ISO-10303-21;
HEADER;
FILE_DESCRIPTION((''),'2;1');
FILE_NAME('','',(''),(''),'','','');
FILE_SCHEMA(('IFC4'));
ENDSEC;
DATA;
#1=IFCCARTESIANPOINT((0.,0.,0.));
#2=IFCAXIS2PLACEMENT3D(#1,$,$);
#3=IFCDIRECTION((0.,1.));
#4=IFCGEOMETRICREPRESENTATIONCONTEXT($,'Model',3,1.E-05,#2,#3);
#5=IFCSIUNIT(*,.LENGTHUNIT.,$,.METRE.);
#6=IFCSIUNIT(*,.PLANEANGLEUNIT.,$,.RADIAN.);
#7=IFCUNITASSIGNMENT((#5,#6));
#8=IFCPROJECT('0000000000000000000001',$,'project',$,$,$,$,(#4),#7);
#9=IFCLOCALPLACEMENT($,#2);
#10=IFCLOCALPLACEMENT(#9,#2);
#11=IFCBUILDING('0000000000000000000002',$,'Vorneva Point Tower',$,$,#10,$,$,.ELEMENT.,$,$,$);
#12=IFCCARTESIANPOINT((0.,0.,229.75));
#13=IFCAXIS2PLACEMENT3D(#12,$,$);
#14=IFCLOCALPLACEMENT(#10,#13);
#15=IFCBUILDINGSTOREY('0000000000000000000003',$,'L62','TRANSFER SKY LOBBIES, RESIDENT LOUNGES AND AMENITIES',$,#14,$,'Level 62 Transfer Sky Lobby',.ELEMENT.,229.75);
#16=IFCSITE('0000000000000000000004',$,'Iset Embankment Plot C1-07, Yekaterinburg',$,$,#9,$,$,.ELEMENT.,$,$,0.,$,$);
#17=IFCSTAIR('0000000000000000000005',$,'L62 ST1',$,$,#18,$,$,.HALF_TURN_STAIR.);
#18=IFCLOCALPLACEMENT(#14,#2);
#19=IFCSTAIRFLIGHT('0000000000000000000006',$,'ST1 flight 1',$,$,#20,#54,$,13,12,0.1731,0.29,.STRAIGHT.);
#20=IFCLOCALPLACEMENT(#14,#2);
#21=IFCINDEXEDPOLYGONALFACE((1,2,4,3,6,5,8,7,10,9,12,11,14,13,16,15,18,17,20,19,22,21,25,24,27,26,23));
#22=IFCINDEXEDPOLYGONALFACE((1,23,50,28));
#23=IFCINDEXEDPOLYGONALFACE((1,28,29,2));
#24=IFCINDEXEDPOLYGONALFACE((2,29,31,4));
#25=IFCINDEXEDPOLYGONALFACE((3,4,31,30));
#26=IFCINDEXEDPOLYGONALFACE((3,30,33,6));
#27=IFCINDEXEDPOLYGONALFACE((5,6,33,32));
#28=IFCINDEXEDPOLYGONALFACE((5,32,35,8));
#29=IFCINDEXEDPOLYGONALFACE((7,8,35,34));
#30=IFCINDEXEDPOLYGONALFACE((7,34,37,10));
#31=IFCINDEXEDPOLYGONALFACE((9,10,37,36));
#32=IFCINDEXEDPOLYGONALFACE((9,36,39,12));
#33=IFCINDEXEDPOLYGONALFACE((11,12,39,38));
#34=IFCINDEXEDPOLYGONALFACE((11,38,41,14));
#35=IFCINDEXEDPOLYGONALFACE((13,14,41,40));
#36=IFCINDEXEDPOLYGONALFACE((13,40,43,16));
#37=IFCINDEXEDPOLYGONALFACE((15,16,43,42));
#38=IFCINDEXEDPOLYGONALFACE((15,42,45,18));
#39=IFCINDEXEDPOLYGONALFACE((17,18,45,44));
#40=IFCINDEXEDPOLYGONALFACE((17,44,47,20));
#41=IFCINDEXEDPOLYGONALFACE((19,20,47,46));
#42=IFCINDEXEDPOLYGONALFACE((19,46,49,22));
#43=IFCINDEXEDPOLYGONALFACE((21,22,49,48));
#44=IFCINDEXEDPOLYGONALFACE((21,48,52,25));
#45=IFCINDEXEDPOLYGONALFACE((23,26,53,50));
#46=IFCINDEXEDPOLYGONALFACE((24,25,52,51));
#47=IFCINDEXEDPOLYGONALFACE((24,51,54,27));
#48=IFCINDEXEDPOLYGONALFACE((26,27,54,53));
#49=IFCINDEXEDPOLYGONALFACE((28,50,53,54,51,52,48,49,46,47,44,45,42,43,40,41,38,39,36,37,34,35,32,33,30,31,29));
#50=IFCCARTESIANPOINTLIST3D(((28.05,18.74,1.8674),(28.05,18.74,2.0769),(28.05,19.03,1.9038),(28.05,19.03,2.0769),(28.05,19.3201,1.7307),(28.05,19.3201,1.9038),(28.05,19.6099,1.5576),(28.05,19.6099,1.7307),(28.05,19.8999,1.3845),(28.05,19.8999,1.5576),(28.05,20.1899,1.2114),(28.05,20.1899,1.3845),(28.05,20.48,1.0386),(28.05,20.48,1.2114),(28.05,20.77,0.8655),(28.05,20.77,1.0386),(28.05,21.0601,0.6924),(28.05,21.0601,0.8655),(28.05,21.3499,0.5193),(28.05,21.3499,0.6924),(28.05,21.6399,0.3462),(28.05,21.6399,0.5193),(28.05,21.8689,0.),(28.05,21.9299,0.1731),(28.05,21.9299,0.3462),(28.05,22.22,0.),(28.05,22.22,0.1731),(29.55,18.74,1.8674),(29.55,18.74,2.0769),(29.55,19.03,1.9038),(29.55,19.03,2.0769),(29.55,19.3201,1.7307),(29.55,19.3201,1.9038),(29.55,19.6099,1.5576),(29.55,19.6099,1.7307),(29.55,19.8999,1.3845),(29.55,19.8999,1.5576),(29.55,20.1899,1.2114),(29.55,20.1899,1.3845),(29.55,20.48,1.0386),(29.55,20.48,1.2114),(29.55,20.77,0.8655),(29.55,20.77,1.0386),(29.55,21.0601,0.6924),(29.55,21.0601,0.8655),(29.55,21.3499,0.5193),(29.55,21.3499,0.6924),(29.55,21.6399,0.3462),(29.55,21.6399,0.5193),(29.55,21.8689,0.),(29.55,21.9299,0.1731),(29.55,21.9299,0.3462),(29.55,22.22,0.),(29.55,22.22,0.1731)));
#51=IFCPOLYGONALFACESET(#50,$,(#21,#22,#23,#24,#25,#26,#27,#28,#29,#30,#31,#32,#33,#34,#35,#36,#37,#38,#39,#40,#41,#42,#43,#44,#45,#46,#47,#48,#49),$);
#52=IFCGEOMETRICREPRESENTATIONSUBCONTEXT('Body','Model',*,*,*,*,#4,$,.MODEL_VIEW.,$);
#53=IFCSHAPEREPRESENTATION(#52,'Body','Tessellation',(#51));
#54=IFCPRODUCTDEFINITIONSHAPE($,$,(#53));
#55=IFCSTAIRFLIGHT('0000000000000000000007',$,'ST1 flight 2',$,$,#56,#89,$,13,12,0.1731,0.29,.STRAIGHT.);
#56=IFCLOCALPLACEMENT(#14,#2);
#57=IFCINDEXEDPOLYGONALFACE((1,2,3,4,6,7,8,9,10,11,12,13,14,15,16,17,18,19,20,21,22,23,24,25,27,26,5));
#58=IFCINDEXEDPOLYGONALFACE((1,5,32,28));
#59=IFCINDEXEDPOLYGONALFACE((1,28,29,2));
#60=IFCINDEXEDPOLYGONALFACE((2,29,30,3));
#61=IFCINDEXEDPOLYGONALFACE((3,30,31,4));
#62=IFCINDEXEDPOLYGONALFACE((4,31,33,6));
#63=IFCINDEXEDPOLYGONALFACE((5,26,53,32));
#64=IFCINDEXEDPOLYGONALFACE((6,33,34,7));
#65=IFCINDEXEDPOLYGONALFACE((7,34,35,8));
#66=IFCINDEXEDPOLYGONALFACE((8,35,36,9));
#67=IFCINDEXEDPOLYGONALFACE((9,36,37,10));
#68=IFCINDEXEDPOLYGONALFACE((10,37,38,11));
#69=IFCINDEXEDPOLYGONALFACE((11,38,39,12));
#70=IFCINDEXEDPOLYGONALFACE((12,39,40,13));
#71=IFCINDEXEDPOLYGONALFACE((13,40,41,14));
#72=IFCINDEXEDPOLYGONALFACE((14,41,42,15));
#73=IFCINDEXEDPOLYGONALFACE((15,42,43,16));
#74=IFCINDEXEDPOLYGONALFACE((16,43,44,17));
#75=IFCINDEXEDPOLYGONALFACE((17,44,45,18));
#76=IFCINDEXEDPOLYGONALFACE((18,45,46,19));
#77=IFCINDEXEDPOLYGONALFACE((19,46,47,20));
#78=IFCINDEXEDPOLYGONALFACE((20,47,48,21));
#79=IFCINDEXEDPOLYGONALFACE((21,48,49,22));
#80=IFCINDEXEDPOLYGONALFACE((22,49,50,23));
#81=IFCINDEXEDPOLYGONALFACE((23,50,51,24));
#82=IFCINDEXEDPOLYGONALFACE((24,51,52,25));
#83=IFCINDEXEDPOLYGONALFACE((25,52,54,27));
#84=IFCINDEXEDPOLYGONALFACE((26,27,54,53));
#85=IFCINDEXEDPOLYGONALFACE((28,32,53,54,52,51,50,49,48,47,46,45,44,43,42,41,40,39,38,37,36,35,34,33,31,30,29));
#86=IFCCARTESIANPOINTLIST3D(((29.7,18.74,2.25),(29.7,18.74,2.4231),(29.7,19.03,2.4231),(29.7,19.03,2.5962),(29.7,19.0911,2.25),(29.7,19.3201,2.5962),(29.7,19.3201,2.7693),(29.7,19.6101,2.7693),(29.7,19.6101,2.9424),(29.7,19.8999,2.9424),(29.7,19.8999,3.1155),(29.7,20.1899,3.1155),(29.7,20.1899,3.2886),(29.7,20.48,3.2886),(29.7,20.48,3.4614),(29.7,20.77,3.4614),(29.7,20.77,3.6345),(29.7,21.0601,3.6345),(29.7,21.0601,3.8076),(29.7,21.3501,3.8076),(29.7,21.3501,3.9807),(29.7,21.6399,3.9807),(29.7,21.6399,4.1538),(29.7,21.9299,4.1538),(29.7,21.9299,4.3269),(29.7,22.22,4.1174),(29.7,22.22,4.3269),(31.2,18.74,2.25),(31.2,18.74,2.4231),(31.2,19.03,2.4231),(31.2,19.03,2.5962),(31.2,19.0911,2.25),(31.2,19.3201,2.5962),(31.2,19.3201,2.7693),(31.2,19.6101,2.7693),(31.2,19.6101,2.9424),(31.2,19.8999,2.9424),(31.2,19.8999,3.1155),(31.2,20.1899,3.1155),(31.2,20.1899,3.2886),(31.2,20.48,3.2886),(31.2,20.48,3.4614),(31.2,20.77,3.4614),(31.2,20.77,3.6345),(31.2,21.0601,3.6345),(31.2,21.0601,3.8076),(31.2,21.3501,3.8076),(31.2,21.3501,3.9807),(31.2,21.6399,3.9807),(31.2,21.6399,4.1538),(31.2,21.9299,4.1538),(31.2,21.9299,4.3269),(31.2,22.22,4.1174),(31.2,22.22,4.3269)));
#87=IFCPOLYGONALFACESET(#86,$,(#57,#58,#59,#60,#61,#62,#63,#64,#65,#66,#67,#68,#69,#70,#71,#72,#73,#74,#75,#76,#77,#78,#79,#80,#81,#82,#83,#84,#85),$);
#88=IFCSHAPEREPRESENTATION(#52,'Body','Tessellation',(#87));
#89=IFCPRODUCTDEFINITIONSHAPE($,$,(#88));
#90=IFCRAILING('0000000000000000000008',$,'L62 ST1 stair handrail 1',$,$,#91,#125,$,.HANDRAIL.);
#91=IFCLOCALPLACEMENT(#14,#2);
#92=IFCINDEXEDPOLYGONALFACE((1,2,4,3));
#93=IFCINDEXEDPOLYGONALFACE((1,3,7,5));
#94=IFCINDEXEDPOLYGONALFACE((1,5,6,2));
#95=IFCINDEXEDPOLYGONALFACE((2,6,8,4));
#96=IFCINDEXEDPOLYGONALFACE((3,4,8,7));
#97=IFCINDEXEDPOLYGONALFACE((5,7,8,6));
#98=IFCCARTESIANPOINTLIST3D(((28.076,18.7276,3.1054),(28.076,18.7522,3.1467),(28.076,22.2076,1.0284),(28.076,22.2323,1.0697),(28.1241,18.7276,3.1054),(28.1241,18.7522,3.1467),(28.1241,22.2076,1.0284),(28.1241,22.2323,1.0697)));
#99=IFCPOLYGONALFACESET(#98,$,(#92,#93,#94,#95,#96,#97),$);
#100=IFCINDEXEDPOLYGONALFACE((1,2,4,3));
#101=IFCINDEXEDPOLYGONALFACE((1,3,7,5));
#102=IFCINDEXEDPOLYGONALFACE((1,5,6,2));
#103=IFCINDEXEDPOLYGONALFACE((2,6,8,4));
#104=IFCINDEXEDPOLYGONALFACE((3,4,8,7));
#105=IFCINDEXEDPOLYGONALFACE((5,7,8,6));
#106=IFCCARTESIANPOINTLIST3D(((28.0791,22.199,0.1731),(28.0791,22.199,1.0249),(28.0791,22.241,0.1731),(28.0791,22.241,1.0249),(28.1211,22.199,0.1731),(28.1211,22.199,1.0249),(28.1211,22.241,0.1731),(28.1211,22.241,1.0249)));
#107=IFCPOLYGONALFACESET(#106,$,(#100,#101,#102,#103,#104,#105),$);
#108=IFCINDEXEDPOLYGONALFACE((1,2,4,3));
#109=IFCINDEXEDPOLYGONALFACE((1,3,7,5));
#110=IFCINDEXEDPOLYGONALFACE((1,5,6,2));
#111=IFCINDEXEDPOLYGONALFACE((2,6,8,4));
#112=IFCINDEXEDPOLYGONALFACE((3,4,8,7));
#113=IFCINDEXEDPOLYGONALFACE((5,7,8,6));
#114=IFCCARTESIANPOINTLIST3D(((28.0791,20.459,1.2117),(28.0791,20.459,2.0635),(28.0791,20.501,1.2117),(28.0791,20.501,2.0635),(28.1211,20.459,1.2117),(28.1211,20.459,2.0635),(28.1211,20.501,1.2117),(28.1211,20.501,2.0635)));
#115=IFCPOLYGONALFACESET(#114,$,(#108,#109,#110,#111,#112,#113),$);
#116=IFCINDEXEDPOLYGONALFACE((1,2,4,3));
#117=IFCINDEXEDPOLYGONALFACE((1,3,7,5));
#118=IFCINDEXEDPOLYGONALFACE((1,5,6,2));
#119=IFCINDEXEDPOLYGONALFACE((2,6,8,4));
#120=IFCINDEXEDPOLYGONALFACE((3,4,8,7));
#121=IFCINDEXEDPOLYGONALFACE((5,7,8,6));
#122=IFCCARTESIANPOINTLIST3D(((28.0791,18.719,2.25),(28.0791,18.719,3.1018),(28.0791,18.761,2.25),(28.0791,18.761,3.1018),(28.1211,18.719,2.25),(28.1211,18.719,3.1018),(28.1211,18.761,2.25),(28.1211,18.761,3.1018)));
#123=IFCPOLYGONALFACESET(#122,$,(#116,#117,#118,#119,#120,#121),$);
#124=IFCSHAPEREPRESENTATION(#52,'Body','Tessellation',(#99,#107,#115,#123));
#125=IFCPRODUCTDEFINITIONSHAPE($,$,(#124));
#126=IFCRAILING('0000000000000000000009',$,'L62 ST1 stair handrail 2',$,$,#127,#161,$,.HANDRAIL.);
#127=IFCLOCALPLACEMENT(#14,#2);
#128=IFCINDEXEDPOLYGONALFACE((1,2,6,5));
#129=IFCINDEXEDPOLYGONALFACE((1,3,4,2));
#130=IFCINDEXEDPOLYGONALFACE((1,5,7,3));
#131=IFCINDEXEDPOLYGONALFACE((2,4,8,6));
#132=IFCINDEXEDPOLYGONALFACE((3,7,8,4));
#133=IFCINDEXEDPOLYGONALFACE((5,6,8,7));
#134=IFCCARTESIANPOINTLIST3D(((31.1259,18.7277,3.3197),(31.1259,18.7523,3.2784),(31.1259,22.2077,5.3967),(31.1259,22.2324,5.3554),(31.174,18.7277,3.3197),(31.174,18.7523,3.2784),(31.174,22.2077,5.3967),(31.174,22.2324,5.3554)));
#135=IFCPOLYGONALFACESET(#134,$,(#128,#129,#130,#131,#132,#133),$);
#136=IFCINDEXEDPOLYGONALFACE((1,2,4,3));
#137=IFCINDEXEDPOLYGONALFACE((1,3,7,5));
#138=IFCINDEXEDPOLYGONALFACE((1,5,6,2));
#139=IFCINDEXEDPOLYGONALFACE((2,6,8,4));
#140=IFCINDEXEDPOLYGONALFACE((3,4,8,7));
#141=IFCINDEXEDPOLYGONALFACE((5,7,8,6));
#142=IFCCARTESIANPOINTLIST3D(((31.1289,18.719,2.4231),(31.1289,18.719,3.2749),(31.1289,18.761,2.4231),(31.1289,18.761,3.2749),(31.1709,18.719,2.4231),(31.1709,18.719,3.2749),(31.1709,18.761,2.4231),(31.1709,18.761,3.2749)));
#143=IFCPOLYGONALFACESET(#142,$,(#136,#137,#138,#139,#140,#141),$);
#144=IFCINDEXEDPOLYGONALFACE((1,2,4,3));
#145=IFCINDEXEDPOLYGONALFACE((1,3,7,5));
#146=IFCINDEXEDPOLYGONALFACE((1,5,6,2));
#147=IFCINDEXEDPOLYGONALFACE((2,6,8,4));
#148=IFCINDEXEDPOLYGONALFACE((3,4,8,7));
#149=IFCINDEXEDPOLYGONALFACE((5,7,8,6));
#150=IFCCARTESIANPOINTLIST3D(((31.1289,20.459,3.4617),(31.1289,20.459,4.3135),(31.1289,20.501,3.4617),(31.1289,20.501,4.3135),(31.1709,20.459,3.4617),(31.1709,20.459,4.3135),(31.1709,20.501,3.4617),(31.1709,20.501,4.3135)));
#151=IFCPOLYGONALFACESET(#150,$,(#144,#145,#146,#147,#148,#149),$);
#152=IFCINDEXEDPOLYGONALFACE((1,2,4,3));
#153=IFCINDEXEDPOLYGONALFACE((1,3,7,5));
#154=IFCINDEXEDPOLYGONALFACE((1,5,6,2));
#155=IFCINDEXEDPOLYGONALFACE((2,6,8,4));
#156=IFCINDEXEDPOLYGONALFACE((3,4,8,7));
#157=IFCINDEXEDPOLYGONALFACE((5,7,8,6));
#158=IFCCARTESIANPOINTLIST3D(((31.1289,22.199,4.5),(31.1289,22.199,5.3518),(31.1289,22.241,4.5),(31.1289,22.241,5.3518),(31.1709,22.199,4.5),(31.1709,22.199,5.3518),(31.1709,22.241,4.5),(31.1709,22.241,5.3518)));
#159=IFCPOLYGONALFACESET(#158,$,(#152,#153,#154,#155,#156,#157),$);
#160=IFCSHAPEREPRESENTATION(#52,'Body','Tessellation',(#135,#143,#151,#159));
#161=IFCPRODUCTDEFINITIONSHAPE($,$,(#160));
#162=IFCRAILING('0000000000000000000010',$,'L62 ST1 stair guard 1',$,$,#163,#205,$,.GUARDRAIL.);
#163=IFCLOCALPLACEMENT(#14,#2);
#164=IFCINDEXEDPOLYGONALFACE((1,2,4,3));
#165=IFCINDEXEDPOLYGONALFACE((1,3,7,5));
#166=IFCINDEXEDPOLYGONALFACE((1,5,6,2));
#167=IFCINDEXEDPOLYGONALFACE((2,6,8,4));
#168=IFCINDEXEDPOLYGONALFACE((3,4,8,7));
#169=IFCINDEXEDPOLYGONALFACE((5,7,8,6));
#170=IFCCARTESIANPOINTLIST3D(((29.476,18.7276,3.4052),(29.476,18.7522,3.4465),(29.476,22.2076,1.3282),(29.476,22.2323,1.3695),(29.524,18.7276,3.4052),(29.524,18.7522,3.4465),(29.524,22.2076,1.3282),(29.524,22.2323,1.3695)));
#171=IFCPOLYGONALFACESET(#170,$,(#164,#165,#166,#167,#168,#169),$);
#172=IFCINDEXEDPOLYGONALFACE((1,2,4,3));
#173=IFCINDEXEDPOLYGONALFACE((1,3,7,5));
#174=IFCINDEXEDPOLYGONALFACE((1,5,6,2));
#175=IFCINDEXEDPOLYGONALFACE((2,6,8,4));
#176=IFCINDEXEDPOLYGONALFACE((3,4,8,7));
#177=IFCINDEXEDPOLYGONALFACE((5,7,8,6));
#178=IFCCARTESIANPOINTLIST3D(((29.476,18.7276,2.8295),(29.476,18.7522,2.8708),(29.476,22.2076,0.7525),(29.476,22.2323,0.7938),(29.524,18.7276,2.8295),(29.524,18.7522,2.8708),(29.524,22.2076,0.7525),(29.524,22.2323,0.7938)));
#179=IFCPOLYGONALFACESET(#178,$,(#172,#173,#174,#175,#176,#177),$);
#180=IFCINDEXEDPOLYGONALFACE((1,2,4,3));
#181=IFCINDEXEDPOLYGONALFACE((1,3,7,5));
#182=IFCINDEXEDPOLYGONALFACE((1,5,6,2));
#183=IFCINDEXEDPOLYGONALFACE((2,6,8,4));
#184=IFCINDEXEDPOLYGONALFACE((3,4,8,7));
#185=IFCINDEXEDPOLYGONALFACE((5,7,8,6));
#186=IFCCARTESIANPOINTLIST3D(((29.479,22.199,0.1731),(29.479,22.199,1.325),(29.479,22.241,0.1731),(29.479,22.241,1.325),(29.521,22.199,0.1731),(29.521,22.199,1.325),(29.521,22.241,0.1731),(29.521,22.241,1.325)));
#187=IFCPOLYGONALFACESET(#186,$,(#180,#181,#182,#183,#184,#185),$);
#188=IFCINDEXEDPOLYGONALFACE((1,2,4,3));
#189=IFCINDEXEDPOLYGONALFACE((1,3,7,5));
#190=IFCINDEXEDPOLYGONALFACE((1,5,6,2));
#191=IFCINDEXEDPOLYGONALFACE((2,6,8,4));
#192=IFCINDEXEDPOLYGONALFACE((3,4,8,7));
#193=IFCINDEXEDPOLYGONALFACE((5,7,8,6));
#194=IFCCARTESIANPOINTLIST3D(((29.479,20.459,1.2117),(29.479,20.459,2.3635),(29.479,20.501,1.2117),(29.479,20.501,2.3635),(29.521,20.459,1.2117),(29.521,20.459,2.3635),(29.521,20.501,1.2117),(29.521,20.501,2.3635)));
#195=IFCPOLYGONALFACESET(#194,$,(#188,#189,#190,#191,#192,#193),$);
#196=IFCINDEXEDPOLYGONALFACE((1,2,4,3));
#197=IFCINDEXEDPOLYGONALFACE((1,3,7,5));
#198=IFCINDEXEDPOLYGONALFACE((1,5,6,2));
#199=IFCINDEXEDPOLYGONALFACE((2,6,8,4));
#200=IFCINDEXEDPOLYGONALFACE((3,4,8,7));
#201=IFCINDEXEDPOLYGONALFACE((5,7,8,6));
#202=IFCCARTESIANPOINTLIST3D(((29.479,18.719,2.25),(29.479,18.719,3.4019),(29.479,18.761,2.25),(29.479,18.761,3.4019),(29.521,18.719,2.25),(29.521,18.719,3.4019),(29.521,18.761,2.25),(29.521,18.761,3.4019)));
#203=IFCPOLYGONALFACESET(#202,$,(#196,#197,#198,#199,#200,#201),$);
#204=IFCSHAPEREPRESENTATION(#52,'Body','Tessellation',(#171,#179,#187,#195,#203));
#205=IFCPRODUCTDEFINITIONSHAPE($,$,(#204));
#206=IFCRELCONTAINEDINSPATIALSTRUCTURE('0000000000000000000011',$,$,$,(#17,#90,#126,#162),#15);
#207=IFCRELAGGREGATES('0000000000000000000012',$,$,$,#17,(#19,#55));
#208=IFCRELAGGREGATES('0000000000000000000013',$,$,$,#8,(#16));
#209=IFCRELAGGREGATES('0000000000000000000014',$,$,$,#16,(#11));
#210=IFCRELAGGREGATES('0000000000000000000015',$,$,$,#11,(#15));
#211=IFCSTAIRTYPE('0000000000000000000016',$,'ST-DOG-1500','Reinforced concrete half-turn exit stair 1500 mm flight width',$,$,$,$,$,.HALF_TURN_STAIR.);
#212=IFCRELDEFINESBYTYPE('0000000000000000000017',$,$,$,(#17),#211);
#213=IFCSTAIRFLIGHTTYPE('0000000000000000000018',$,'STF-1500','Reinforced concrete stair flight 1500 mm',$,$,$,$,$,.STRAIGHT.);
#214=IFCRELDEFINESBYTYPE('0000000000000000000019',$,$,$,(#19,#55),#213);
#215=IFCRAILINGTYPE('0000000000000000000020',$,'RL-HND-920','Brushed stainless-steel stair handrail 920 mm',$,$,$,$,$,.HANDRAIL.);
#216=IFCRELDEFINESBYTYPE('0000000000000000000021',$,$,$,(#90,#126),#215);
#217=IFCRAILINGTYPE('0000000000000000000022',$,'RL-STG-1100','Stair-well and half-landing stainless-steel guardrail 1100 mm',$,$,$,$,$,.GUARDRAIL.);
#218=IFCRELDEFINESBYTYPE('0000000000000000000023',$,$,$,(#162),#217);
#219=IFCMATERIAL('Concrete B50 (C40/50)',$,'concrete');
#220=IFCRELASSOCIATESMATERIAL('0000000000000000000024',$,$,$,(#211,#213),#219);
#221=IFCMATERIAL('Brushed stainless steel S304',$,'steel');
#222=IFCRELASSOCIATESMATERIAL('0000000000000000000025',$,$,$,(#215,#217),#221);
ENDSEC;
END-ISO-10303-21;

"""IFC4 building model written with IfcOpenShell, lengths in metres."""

from ifc_helpers import new_model, si_unit, direction, frame, origin, origin_2d, place, context, subcontext, project, spatial, polyline, rectangle, outline, extrude, material, type_object, element, aggregate, save


model = new_model("IFC4")

# Units and contexts
model_context = context("Model", 3, precision=1e-05, world=origin(), true_north=direction((0.0, 1.0)))
body_context = subcontext(model_context, "Body", "Model", "MODEL_VIEW")
ifc_project = project(units=[si_unit("LENGTHUNIT", "METRE"), si_unit("PLANEANGLEUNIT", "RADIAN")], contexts=[model_context])

# Site, building, storey
site_placement = place(None, origin())
site = spatial("IfcSite", under=ifc_project, at=site_placement, Name="Iset Embankment Plot C1-07, Yekaterinburg", CompositionType="ELEMENT", RefElevation=0.0)
building_placement = place(site_placement, origin())
building = spatial("IfcBuilding", under=site, at=building_placement, Name="Vorneva Point Tower", CompositionType="ELEMENT")
storey_placement = place(building_placement, frame((0.0, 0.0, 229.75)))
storey = spatial("IfcBuildingStorey", under=building, at=storey_placement, Name="L62", Description="TRANSFER SKY LOBBIES, RESIDENT LOUNGES AND AMENITIES", LongName="Level 62 Transfer Sky Lobby", CompositionType="ELEMENT", Elevation=229.75)

# Shared definitions
ifc_material_1 = material(Name="Concrete B50 (C40/50)", Category="concrete")

# Stair, stair flights
stair_type = type_object("IfcStairType", Name="ST-DOG-1500", Description="Reinforced concrete half-turn exit stair 1500 mm flight width", PredefinedType="HALF_TURN_STAIR", material=ifc_material_1)
stair_placement = place(storey_placement, origin())
stair = element("IfcStair", 1, at=stair_placement, inside=storey, type_object=stair_type, Name="L62 ST1", PredefinedType="HALF_TURN_STAIR")
stair_flight_type = type_object("IfcStairFlightType", Name="STF-1500", Description="Reinforced concrete stair flight 1500 mm", PredefinedType="STRAIGHT", material=ifc_material_1)
stair_flight_1_placement = place(storey_placement, frame((28.8, 22.22, 0.0), z_axis=(0.0, 0.0, 1.0), x_axis=(0.0, -1.0, 0.0)))
stair_flight_1 = element("IfcStairFlight", 2, at=stair_flight_1_placement, type_object=stair_flight_type, Name="ST1 flight 1", NumberOfRisers=13, NumberOfTreads=12, PredefinedType="STRAIGHT", RiserHeight=0.1731, TreadLength=0.29, context=body_context, shape_type="SweptSolid", body=[
    extrude(outline(polyline([(0.0, 0.0), (0.0, 0.1731), (0.29, 0.1731), (0.29, 0.3462), (0.5801, 0.3462), (0.5801, 0.5193), (0.8701, 0.5193), (0.8701, 0.6924), (1.1599, 0.6924), (1.1599, 0.8655), (1.45, 0.8655), (1.45, 1.0386), (1.74, 1.0386), (1.74, 1.2114), (2.03, 1.2114), (2.03, 1.3845), (2.3201, 1.3845), (2.3201, 1.5576), (2.6101, 1.5576), (2.6101, 1.7307), (2.8999, 1.7307), (2.8999, 1.9038), (3.1899, 1.9038), (3.1899, 2.0769), (3.48, 2.0769), (3.48, 2.25), (3.48, 1.8674), (0.3511, 0.0), (0.0, 0.0)])), frame((0.0, 0.75, 0.0), z_axis=(0.0, -1.0, 0.0), x_axis=(1.0, 0.0, 0.0)), (0.0, 0.0, 1.0), 1.5),
])
stair_flight_2_placement = place(storey_placement, frame((30.45, 18.74, 2.25), z_axis=(0.0, 0.0, 1.0), x_axis=(0.0, 1.0, 0.0)))
stair_flight_2 = element("IfcStairFlight", 3, at=stair_flight_2_placement, type_object=stair_flight_type, Name="ST1 flight 2", NumberOfRisers=13, NumberOfTreads=12, PredefinedType="STRAIGHT", RiserHeight=0.1731, TreadLength=0.29, context=body_context, shape_type="SweptSolid", body=[
    extrude(outline(polyline([(0.0, 0.0), (0.0, 0.1731), (0.29, 0.1731), (0.29, 0.3462), (0.5801, 0.3462), (0.5801, 0.5193), (0.8701, 0.5193), (0.8701, 0.6924), (1.1599, 0.6924), (1.1599, 0.8655), (1.45, 0.8655), (1.45, 1.0386), (1.74, 1.0386), (1.74, 1.2114), (2.03, 1.2114), (2.03, 1.3845), (2.3201, 1.3845), (2.3201, 1.5576), (2.6101, 1.5576), (2.6101, 1.7307), (2.8999, 1.7307), (2.8999, 1.9038), (3.1899, 1.9038), (3.1899, 2.0769), (3.48, 2.0769), (3.48, 2.25), (3.48, 1.8674), (0.3511, 0.0), (0.0, 0.0)])), frame((0.0, 0.75, 0.0), z_axis=(0.0, -1.0, 0.0), x_axis=(1.0, 0.0, 0.0)), (0.0, 0.0, 1.0), 1.5),
])
aggregate(stair, [stair_flight_1, stair_flight_2])

# Railings
ifc_material_2 = material(Name="Brushed stainless steel S304", Category="steel")
railing_type_1 = type_object("IfcRailingType", Name="RL-HND-920", Description="Brushed stainless-steel stair handrail 920 mm", PredefinedType="HANDRAIL", material=ifc_material_2)
railing_1_placement = place(storey_placement, frame((28.1001, 22.22, 0.1731)))
element("IfcRailing", 4, at=railing_1_placement, inside=storey, type_object=railing_type_1, Name="L62 ST1 stair handrail 1", PredefinedType="HANDRAIL", context=body_context, shape_type="SweptSolid", body=[
    extrude(rectangle(XDim=0.0481, YDim=0.0481, at=origin_2d()), frame((0.0, 0.0, 0.876), z_axis=(0.0, -0.858697, 0.512483), x_axis=(1.0, 0.0, 0.0)), (0.0, 0.0, 1.0), 4.0527),
    extrude(rectangle(XDim=0.042, YDim=0.042, at=origin_2d()), origin(), (0.0, 0.0, 1.0), 0.8518),
    extrude(rectangle(XDim=0.042, YDim=0.042, at=origin_2d()), frame((0.0, -1.74, 1.0386)), (0.0, 0.0, 1.0), 0.8518),
    extrude(rectangle(XDim=0.042, YDim=0.042, at=origin_2d()), frame((0.0, -3.48, 2.0769)), (0.0, 0.0, 1.0), 0.8518),
])
railing_2_placement = place(storey_placement, frame((31.1499, 18.74, 2.4231)))
element("IfcRailing", 5, at=railing_2_placement, inside=storey, type_object=railing_type_1, Name="L62 ST1 stair handrail 2", PredefinedType="HANDRAIL", context=body_context, shape_type="SweptSolid", body=[
    extrude(rectangle(XDim=0.0481, YDim=0.0481, at=origin_2d()), frame((0.0, 0.0, 0.876), z_axis=(0.0, 0.858697, 0.512483), x_axis=(-1.0, 0.0, 0.0)), (0.0, 0.0, 1.0), 4.0527),
    extrude(rectangle(XDim=0.042, YDim=0.042, at=origin_2d()), origin(), (0.0, 0.0, 1.0), 0.8518),
    extrude(rectangle(XDim=0.042, YDim=0.042, at=origin_2d()), frame((0.0, 1.74, 1.0386)), (0.0, 0.0, 1.0), 0.8518),
    extrude(rectangle(XDim=0.042, YDim=0.042, at=origin_2d()), frame((0.0, 3.48, 2.0769)), (0.0, 0.0, 1.0), 0.8518),
])
railing_type_2 = type_object("IfcRailingType", Name="RL-STG-1100", Description="Stair-well and half-landing stainless-steel guardrail 1100 mm", PredefinedType="GUARDRAIL", material=ifc_material_2)
railing_3_placement = place(storey_placement, frame((29.5, 22.22, 0.1731)))
element("IfcRailing", 6, at=railing_3_placement, inside=storey, type_object=railing_type_2, Name="L62 ST1 stair guard 1", PredefinedType="GUARDRAIL", context=body_context, shape_type="SweptSolid", body=[
    extrude(rectangle(XDim=0.0481, YDim=0.0481, at=origin_2d()), frame((0.0, 0.0, 1.1758), z_axis=(0.0, -0.858697, 0.512483), x_axis=(1.0, 0.0, 0.0)), (0.0, 0.0, 1.0), 4.0527),
    extrude(rectangle(XDim=0.0481, YDim=0.0481, at=origin_2d()), frame((0.0, 0.0, 0.6001), z_axis=(0.0, -0.858697, 0.512483), x_axis=(1.0, 0.0, 0.0)), (0.0, 0.0, 1.0), 4.0527),
    extrude(rectangle(XDim=0.042, YDim=0.042, at=origin_2d()), origin(), (0.0, 0.0, 1.0), 1.1519),
    extrude(rectangle(XDim=0.042, YDim=0.042, at=origin_2d()), frame((0.0, -1.74, 1.0386)), (0.0, 0.0, 1.0), 1.1519),
    extrude(rectangle(XDim=0.042, YDim=0.042, at=origin_2d()), frame((0.0, -3.48, 2.0769)), (0.0, 0.0, 1.0), 1.1519),
])

save(model, "model.ifc")
